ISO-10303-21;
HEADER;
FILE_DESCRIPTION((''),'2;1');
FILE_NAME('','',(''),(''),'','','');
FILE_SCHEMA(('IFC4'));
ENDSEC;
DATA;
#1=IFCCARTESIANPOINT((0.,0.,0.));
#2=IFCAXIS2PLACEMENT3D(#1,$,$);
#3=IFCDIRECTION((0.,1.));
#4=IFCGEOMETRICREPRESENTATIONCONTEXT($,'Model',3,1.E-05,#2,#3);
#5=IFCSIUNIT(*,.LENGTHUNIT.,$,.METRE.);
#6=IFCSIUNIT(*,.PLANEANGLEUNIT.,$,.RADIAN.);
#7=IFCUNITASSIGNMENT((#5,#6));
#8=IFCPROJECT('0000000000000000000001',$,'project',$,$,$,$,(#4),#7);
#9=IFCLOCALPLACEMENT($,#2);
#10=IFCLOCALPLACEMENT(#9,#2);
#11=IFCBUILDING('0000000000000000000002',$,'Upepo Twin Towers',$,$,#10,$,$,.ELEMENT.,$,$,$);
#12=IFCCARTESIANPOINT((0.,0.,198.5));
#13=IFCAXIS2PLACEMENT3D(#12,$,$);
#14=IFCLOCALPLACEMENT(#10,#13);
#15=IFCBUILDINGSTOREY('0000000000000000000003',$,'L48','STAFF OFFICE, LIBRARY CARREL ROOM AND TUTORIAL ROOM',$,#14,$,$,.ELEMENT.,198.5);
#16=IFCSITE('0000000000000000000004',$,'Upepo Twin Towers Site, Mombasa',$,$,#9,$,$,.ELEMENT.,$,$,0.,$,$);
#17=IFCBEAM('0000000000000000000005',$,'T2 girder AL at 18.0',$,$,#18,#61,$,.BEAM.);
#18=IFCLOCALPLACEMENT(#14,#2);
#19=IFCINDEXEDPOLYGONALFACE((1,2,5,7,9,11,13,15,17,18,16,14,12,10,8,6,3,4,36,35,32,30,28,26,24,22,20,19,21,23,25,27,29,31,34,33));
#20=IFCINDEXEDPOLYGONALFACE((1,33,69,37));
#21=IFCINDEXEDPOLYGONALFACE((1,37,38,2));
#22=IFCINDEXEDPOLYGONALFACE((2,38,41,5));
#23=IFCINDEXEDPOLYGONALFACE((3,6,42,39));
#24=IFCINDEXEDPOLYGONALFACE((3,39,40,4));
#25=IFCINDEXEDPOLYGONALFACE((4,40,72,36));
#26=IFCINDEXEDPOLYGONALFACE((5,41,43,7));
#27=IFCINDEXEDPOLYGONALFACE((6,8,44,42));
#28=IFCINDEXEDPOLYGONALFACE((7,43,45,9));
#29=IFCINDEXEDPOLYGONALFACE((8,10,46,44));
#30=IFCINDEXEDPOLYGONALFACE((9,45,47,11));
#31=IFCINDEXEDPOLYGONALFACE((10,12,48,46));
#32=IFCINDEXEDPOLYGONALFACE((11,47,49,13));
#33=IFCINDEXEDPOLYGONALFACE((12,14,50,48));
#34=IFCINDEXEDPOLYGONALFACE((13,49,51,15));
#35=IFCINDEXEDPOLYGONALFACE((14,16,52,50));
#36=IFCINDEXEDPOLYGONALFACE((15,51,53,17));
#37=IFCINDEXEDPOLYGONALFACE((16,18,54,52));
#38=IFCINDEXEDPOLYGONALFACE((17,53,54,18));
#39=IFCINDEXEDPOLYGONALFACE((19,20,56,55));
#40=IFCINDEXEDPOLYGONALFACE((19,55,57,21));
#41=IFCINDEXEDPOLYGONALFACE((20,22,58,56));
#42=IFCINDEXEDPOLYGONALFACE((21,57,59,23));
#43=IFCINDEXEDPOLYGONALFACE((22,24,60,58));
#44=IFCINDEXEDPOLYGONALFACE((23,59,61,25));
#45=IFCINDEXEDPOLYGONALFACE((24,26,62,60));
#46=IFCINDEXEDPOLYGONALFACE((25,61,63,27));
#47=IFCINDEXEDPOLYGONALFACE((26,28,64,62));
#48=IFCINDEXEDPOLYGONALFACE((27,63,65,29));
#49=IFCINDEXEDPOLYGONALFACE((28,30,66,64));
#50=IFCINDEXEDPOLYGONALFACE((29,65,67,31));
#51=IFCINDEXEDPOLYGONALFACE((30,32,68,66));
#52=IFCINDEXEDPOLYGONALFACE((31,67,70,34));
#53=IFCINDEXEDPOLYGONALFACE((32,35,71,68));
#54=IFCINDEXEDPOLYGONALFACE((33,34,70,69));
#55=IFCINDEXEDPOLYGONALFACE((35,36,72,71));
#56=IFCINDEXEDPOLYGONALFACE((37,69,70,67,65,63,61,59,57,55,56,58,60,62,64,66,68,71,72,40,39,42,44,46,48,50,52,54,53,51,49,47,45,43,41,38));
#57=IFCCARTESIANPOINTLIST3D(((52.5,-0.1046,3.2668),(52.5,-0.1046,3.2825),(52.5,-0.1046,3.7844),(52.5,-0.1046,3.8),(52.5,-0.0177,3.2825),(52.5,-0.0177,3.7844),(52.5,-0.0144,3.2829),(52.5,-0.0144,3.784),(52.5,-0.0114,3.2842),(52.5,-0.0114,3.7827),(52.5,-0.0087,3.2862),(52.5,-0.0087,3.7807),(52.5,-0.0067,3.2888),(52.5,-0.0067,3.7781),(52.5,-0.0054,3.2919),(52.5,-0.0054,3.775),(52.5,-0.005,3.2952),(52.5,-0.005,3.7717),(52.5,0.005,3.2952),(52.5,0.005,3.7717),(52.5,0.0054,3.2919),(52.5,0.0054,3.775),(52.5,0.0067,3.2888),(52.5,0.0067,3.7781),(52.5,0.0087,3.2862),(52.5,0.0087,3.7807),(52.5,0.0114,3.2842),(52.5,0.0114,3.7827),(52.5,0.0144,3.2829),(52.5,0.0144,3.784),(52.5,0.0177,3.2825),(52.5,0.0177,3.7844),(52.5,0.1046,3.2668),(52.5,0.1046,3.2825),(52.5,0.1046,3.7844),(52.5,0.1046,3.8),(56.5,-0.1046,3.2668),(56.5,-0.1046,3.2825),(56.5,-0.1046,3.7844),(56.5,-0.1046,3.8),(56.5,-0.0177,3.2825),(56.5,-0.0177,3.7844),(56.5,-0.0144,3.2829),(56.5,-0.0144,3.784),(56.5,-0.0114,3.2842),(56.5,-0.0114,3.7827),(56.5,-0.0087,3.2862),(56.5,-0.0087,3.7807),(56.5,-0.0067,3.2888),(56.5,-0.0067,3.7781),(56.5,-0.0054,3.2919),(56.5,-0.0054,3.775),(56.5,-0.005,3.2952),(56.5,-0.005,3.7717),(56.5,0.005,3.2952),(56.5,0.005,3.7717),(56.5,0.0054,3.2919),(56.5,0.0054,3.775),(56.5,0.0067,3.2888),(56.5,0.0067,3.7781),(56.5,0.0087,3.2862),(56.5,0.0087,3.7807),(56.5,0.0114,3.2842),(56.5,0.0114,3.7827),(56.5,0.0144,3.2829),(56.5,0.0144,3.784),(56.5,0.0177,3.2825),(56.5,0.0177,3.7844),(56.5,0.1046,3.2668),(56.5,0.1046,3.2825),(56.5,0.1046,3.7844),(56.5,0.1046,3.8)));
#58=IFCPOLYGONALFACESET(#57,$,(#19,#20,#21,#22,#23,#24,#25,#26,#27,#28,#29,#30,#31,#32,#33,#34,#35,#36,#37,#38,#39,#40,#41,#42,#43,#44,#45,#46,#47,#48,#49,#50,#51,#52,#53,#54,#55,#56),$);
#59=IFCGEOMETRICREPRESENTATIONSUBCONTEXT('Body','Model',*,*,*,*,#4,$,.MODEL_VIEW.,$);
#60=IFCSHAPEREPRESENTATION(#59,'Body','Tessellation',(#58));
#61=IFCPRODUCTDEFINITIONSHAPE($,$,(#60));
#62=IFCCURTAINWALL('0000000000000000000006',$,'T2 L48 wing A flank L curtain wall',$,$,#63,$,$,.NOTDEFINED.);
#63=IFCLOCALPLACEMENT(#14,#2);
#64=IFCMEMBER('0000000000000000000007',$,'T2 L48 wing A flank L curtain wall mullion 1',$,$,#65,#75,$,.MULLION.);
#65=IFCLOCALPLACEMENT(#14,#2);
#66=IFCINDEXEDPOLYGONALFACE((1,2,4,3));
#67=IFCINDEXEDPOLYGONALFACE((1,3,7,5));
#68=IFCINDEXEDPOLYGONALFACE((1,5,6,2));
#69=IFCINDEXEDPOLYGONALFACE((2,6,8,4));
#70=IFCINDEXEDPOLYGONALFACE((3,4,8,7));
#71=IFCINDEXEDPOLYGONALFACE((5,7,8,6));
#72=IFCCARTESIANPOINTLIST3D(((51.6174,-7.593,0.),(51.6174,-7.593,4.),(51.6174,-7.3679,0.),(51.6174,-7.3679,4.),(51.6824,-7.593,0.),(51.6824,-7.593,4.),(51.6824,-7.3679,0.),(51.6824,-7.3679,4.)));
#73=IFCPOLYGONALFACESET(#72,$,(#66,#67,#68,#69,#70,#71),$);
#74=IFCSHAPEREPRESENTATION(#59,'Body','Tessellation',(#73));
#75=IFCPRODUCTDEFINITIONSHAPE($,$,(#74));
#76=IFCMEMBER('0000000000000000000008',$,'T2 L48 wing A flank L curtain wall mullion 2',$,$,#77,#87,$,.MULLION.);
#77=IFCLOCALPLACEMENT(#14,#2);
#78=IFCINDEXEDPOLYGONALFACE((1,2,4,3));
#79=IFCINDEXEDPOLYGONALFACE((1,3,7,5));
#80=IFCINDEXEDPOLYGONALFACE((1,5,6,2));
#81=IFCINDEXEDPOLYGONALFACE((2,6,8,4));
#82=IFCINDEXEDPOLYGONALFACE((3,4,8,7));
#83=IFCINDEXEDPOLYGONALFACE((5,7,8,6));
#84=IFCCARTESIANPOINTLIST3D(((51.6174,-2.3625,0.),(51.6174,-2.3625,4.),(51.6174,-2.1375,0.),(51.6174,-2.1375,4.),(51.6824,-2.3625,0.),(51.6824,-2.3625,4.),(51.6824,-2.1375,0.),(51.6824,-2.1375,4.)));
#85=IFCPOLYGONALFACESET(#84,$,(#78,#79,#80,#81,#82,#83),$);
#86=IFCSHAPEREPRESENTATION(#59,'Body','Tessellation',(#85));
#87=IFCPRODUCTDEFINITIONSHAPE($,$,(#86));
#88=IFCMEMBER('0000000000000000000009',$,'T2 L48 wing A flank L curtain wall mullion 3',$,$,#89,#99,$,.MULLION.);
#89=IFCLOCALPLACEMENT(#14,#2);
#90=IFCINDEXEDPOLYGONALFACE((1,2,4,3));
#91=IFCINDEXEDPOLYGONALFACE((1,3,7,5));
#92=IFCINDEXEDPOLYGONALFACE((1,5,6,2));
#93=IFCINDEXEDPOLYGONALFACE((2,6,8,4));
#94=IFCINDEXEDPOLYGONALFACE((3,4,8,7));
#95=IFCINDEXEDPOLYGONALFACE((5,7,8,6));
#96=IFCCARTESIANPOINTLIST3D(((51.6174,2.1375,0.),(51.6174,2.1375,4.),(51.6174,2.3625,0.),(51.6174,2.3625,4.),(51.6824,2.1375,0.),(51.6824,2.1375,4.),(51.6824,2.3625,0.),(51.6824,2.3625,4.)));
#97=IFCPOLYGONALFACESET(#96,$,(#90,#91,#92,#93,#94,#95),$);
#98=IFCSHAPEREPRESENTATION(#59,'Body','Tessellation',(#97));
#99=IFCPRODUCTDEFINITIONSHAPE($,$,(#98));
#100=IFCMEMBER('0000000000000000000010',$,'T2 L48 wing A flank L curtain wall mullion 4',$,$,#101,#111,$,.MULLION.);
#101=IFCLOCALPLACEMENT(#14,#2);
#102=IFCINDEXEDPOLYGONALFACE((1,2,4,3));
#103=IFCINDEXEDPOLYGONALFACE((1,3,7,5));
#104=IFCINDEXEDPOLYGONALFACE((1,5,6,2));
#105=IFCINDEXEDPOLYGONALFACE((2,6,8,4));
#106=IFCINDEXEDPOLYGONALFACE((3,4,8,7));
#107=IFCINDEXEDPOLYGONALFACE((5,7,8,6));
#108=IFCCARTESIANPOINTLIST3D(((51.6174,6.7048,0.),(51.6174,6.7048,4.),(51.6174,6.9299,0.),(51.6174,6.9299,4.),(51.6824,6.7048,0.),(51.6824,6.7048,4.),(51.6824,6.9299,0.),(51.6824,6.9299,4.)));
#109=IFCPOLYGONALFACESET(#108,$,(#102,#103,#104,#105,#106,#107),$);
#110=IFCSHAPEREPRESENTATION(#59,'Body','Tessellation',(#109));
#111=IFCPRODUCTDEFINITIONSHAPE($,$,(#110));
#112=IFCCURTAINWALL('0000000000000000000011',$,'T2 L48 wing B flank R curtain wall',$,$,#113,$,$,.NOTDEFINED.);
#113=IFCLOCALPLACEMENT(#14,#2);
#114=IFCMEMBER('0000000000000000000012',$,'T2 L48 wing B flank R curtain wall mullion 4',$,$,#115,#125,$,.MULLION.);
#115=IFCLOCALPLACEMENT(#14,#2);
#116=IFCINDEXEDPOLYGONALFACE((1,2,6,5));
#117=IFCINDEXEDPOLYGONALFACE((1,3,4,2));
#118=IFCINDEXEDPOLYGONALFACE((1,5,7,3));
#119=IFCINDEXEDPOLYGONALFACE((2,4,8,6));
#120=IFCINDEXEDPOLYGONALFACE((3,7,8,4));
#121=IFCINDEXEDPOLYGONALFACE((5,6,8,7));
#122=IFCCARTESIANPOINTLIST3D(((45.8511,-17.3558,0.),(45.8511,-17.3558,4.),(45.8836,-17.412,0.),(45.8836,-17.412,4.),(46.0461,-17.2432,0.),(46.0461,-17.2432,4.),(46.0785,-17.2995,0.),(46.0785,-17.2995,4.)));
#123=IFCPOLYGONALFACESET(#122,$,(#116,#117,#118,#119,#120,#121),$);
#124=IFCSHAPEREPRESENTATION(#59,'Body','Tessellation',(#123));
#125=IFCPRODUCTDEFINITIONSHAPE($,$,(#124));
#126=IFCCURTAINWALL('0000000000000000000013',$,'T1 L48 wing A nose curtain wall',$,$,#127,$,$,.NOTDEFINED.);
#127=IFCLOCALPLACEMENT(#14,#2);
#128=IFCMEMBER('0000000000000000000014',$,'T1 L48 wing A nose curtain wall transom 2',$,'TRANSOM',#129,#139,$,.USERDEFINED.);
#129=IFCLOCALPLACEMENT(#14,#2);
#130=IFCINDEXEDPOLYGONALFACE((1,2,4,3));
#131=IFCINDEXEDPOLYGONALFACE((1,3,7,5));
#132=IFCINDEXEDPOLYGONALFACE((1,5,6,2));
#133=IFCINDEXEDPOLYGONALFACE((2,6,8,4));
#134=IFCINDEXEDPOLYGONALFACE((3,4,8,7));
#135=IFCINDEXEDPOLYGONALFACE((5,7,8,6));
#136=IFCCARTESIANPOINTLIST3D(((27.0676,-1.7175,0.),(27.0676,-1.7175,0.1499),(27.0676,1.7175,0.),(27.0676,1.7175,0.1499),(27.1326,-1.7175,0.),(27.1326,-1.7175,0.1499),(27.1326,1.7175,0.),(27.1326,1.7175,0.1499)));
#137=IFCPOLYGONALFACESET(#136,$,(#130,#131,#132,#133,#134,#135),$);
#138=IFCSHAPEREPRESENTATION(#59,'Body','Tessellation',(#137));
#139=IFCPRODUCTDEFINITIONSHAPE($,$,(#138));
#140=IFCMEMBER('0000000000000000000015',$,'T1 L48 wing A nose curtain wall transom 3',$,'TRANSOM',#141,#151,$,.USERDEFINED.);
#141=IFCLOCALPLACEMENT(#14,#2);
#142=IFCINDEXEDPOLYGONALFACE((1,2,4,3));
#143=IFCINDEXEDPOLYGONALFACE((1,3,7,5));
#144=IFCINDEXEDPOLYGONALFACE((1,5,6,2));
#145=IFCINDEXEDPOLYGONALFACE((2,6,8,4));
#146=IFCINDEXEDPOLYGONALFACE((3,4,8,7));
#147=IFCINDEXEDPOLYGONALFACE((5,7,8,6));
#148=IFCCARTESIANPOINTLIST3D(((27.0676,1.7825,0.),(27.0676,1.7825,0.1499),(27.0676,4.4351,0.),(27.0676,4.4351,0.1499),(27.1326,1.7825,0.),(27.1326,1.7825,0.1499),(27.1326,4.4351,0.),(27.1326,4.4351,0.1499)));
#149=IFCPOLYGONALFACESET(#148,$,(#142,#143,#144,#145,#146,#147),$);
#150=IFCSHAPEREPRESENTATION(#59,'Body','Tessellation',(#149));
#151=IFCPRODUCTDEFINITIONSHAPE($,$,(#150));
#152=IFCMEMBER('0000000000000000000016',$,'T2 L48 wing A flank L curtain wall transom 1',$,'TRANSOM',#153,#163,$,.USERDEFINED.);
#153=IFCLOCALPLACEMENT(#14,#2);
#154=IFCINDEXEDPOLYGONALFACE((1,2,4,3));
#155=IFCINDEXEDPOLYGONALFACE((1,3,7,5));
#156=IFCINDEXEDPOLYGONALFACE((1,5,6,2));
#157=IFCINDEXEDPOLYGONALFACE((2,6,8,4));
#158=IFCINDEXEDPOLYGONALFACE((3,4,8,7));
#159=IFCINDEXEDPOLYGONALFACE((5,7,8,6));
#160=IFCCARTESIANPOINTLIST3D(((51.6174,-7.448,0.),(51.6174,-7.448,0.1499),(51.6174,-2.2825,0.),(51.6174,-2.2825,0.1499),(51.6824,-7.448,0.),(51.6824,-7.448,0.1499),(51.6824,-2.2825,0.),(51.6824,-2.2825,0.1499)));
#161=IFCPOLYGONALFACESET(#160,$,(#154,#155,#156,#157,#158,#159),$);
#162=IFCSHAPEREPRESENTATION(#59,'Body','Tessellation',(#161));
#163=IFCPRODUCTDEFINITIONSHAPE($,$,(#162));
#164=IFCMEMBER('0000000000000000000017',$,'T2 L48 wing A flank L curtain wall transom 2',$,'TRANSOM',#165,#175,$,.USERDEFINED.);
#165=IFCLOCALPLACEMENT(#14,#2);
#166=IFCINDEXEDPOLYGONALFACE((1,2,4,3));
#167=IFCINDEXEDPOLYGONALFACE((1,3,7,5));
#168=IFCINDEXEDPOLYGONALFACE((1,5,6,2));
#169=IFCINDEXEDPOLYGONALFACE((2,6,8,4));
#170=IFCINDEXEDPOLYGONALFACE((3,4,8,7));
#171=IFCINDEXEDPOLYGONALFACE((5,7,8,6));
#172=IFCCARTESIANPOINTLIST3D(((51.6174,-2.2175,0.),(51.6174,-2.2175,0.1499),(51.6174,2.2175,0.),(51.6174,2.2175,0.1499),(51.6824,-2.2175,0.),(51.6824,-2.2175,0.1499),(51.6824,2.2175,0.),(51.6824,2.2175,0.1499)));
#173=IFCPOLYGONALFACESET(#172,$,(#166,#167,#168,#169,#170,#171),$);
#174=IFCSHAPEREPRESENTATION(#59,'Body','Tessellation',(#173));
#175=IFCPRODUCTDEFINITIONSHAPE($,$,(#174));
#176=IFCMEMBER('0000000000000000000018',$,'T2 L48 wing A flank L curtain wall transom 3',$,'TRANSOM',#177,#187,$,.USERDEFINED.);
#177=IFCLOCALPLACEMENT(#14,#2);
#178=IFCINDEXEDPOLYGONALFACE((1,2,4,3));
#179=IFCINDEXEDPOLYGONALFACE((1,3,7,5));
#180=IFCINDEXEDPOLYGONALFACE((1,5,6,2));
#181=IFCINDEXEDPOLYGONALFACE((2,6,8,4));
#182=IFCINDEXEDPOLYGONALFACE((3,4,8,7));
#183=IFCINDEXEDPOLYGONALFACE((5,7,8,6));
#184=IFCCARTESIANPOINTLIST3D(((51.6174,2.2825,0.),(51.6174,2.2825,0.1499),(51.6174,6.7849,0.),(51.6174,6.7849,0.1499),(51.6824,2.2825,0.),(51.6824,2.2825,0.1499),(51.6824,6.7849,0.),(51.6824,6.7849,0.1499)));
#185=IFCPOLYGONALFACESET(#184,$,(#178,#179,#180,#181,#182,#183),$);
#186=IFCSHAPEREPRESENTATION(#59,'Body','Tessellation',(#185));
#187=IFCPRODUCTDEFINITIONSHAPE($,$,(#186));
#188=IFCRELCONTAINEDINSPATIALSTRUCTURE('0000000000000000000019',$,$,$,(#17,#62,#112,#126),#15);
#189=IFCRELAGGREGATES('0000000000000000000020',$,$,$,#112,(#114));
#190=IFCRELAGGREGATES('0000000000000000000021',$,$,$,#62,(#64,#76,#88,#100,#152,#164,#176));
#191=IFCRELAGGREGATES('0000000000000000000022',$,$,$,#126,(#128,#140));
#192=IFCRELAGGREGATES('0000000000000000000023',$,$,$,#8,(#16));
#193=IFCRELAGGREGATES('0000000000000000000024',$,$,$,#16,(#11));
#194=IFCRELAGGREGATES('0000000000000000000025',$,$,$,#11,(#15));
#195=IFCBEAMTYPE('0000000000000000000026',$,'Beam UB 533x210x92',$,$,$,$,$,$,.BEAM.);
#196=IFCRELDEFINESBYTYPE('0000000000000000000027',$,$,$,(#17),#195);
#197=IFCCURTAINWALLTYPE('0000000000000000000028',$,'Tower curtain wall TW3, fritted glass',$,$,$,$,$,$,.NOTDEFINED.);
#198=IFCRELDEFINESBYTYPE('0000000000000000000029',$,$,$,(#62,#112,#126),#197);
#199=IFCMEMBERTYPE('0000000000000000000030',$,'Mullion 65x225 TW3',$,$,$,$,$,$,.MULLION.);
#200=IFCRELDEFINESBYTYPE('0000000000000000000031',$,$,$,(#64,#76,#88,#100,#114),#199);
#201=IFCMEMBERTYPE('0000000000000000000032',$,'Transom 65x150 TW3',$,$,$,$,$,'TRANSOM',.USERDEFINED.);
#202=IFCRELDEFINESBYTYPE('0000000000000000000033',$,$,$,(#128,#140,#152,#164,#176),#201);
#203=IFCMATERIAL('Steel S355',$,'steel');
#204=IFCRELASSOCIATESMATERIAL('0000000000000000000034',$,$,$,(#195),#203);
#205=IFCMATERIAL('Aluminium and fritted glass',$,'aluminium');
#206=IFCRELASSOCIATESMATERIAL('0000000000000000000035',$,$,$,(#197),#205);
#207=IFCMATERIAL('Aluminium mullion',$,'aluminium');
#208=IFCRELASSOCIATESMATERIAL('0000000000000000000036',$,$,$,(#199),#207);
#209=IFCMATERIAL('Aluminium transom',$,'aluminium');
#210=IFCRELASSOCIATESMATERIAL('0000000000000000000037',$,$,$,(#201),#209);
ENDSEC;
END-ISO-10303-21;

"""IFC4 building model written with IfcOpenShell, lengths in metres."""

from ifc_helpers import new_model, si_unit, direction, frame, origin, origin_2d, place, context, subcontext, project, spatial, rectangle, i_section, extrude, material, material_profile, profile_set, type_object, element, aggregate, save


model = new_model("IFC4")

# Units and contexts
model_context = context("Model", 3, precision=1e-05, world=origin(), true_north=direction((0.0, 1.0)))
body_context = subcontext(model_context, "Body", "Model", "MODEL_VIEW")
ifc_project = project(units=[si_unit("LENGTHUNIT", "METRE"), si_unit("PLANEANGLEUNIT", "RADIAN")], contexts=[model_context])

# Site, building, storey
site_placement = place(None, origin())
site = spatial("IfcSite", under=ifc_project, at=site_placement, Name="Upepo Twin Towers Site, Mombasa", CompositionType="ELEMENT", RefElevation=0.0)
building_placement = place(site_placement, origin())
building = spatial("IfcBuilding", under=site, at=building_placement, Name="Upepo Twin Towers", CompositionType="ELEMENT")
storey_placement = place(building_placement, frame((0.0, 0.0, 198.5)))
storey = spatial("IfcBuildingStorey", under=building, at=storey_placement, Name="L48", Description="STAFF OFFICE, LIBRARY CARREL ROOM AND TUTORIAL ROOM", CompositionType="ELEMENT", Elevation=198.5)

# Beam
ifc_material_1 = material(Name="Steel S355", Category="steel")
ifc_material_profile_1 = material_profile(ifc_material_1, i_section(OverallWidth=0.2092, OverallDepth=0.5332, WebThickness=0.01, FlangeThickness=0.0156, FilletRadius=0.0127, at=origin_2d()), Name="UB 533x210x92")
ifc_profile_set_1 = profile_set([ifc_material_profile_1], Name="Steel S355")
beam_type_1 = type_object("IfcBeamType", Name="Beam UB 533x210x92", PredefinedType="BEAM", material=ifc_profile_set_1)
for number, where, z_axis, x_axis, name in (
    (1, (52.5, 0.0, 3.5334), (1.0, 0.0, 0.0), (0.0, 1.0, 0.0), "T2 girder AL at 18.0"),
):
    element("IfcBeam", number, at=place(storey_placement, frame(where, z_axis=z_axis, x_axis=x_axis)), inside=storey, type_object=beam_type_1, Name=name, PredefinedType="BEAM", context=body_context, shape_type="SweptSolid", body=[
        extrude(i_section(OverallWidth=0.2092, OverallDepth=0.5332, WebThickness=0.01, FlangeThickness=0.0156, FilletRadius=0.0127, at=origin_2d()), origin(), (0.0, 0.0, 1.0), 4.0),
    ])

# Curtain wall, members
ifc_material_2 = material(Name="Aluminium and fritted glass", Category="aluminium")
curtain_wall_type = type_object("IfcCurtainWallType", Name="Tower curtain wall TW3, fritted glass", PredefinedType="NOTDEFINED", material=ifc_material_2)
curtain_wall_1_placement = place(storey_placement, origin())
curtain_wall_1 = element("IfcCurtainWall", 2, at=curtain_wall_1_placement, inside=storey, type_object=curtain_wall_type, Name="T2 L48 wing A flank L curtain wall", PredefinedType="NOTDEFINED")
ifc_material_3 = material(Name="Aluminium mullion", Category="aluminium")
ifc_material_profile_2 = material_profile(ifc_material_3, rectangle(XDim=0.0649, YDim=0.2251, at=origin_2d()), Name="MULLION 65x225")
ifc_profile_set_2 = profile_set([ifc_material_profile_2], Name="Aluminium mullion")
member_type_1 = type_object("IfcMemberType", Name="Mullion 65x225 TW3", PredefinedType="MULLION", material=ifc_profile_set_2)
member_1_placement = place(storey_placement, frame((51.6499, -7.4805, 0.0), z_axis=(0.0, 0.0, 1.0), x_axis=(-1.0, 0.0, 0.0)))
member_1 = element("IfcMember", 3, at=member_1_placement, type_object=member_type_1, Name="T2 L48 wing A flank L curtain wall mullion 1", PredefinedType="MULLION", context=body_context, shape_type="SweptSolid", body=[
    extrude(rectangle(XDim=0.0649, YDim=0.2251, at=origin_2d()), origin(), (0.0, 0.0, 1.0), 4.0),
])
member_2_placement = place(storey_placement, frame((51.6499, -2.25, 0.0), z_axis=(0.0, 0.0, 1.0), x_axis=(-1.0, 0.0, 0.0)))
member_2 = element("IfcMember", 4, at=member_2_placement, type_object=member_type_1, Name="T2 L48 wing A flank L curtain wall mullion 2", PredefinedType="MULLION", context=body_context, shape_type="SweptSolid", body=[
    extrude(rectangle(XDim=0.0649, YDim=0.2251, at=origin_2d()), origin(), (0.0, 0.0, 1.0), 4.0),
])
member_3_placement = place(storey_placement, frame((51.6499, 2.25, 0.0), z_axis=(0.0, 0.0, 1.0), x_axis=(-1.0, 0.0, 0.0)))
member_3 = element("IfcMember", 5, at=member_3_placement, type_object=member_type_1, Name="T2 L48 wing A flank L curtain wall mullion 3", PredefinedType="MULLION", context=body_context, shape_type="SweptSolid", body=[
    extrude(rectangle(XDim=0.0649, YDim=0.2251, at=origin_2d()), origin(), (0.0, 0.0, 1.0), 4.0),
])
member_4_placement = place(storey_placement, frame((51.6499, 6.8174, 0.0), z_axis=(0.0, 0.0, 1.0), x_axis=(-1.0, 0.0, 0.0)))
member_4 = element("IfcMember", 6, at=member_4_placement, type_object=member_type_1, Name="T2 L48 wing A flank L curtain wall mullion 4", PredefinedType="MULLION", context=body_context, shape_type="SweptSolid", body=[
    extrude(rectangle(XDim=0.0649, YDim=0.2251, at=origin_2d()), origin(), (0.0, 0.0, 1.0), 4.0),
])

# Curtain wall, member
curtain_wall_2_placement = place(storey_placement, origin())
curtain_wall_2 = element("IfcCurtainWall", 7, at=curtain_wall_2_placement, inside=storey, type_object=curtain_wall_type, Name="T2 L48 wing B flank R curtain wall", PredefinedType="NOTDEFINED")
member_5_placement = place(storey_placement, frame((45.9648, -17.3276, 0.0), z_axis=(0.0, 0.0, 1.0), x_axis=(-0.5, 0.866025, 0.0)))
member_5 = element("IfcMember", 8, at=member_5_placement, type_object=member_type_1, Name="T2 L48 wing B flank R curtain wall mullion 4", PredefinedType="MULLION", context=body_context, shape_type="SweptSolid", body=[
    extrude(rectangle(XDim=0.0649, YDim=0.2251, at=origin_2d()), origin(), (0.0, 0.0, 1.0), 4.0),
])
aggregate(curtain_wall_2, [member_5])

# Curtain wall, members
curtain_wall_3_placement = place(storey_placement, origin())
curtain_wall_3 = element("IfcCurtainWall", 9, at=curtain_wall_3_placement, inside=storey, type_object=curtain_wall_type, Name="T1 L48 wing A nose curtain wall", PredefinedType="NOTDEFINED")
ifc_material_4 = material(Name="Aluminium transom", Category="aluminium")
ifc_material_profile_3 = material_profile(ifc_material_4, rectangle(XDim=0.0649, YDim=0.1499, at=origin_2d()), Name="TRANSOM 65x150")
ifc_profile_set_3 = profile_set([ifc_material_profile_3], Name="Aluminium transom")
member_type_2 = type_object("IfcMemberType", Name="Transom 65x150 TW3", ElementType="TRANSOM", PredefinedType="USERDEFINED", material=ifc_profile_set_3)
member_6_placement = place(storey_placement, frame((27.1001, -1.7175, 0.075), z_axis=(0.0, 1.0, 0.0), x_axis=(-1.0, 0.0, 0.0)))
member_6 = element("IfcMember", 10, at=member_6_placement, type_object=member_type_2, Name="T1 L48 wing A nose curtain wall transom 2", ObjectType="TRANSOM", PredefinedType="USERDEFINED", context=body_context, shape_type="SweptSolid", body=[
    extrude(rectangle(XDim=0.0649, YDim=0.1499, at=origin_2d()), origin(), (0.0, 0.0, 1.0), 3.4351),
])
member_7_placement = place(storey_placement, frame((27.1001, 1.7825, 0.075), z_axis=(0.0, 1.0, 0.0), x_axis=(-1.0, 0.0, 0.0)))
member_7 = element("IfcMember", 11, at=member_7_placement, type_object=member_type_2, Name="T1 L48 wing A nose curtain wall transom 3", ObjectType="TRANSOM", PredefinedType="USERDEFINED", context=body_context, shape_type="SweptSolid", body=[
    extrude(rectangle(XDim=0.0649, YDim=0.1499, at=origin_2d()), origin(), (0.0, 0.0, 1.0), 2.6526),
])

# Members
member_8_placement = place(storey_placement, frame((51.6499, -7.448, 0.075), z_axis=(0.0, 1.0, 0.0), x_axis=(-1.0, 0.0, 0.0)))
member_8 = element("IfcMember", 12, at=member_8_placement, type_object=member_type_2, Name="T2 L48 wing A flank L curtain wall transom 1", ObjectType="TRANSOM", PredefinedType="USERDEFINED", context=body_context, shape_type="SweptSolid", body=[
    extrude(rectangle(XDim=0.0649, YDim=0.1499, at=origin_2d()), origin(), (0.0, 0.0, 1.0), 5.1655),
])
member_9_placement = place(storey_placement, frame((51.6499, -2.2175, 0.075), z_axis=(0.0, 1.0, 0.0), x_axis=(-1.0, 0.0, 0.0)))
member_9 = element("IfcMember", 13, at=member_9_placement, type_object=member_type_2, Name="T2 L48 wing A flank L curtain wall transom 2", ObjectType="TRANSOM", PredefinedType="USERDEFINED", context=body_context, shape_type="SweptSolid", body=[
    extrude(rectangle(XDim=0.0649, YDim=0.1499, at=origin_2d()), origin(), (0.0, 0.0, 1.0), 4.4351),
])
member_10_placement = place(storey_placement, frame((51.6499, 2.2825, 0.075), z_axis=(0.0, 1.0, 0.0), x_axis=(-1.0, 0.0, 0.0)))
member_10 = element("IfcMember", 14, at=member_10_placement, type_object=member_type_2, Name="T2 L48 wing A flank L curtain wall transom 3", ObjectType="TRANSOM", PredefinedType="USERDEFINED", context=body_context, shape_type="SweptSolid", body=[
    extrude(rectangle(XDim=0.0649, YDim=0.1499, at=origin_2d()), origin(), (0.0, 0.0, 1.0), 4.5024),
])

aggregate(curtain_wall_1, [member_1, member_2, member_3, member_4, member_8, member_9, member_10])
aggregate(curtain_wall_3, [member_6, member_7])

save(model, "model.ifc")
